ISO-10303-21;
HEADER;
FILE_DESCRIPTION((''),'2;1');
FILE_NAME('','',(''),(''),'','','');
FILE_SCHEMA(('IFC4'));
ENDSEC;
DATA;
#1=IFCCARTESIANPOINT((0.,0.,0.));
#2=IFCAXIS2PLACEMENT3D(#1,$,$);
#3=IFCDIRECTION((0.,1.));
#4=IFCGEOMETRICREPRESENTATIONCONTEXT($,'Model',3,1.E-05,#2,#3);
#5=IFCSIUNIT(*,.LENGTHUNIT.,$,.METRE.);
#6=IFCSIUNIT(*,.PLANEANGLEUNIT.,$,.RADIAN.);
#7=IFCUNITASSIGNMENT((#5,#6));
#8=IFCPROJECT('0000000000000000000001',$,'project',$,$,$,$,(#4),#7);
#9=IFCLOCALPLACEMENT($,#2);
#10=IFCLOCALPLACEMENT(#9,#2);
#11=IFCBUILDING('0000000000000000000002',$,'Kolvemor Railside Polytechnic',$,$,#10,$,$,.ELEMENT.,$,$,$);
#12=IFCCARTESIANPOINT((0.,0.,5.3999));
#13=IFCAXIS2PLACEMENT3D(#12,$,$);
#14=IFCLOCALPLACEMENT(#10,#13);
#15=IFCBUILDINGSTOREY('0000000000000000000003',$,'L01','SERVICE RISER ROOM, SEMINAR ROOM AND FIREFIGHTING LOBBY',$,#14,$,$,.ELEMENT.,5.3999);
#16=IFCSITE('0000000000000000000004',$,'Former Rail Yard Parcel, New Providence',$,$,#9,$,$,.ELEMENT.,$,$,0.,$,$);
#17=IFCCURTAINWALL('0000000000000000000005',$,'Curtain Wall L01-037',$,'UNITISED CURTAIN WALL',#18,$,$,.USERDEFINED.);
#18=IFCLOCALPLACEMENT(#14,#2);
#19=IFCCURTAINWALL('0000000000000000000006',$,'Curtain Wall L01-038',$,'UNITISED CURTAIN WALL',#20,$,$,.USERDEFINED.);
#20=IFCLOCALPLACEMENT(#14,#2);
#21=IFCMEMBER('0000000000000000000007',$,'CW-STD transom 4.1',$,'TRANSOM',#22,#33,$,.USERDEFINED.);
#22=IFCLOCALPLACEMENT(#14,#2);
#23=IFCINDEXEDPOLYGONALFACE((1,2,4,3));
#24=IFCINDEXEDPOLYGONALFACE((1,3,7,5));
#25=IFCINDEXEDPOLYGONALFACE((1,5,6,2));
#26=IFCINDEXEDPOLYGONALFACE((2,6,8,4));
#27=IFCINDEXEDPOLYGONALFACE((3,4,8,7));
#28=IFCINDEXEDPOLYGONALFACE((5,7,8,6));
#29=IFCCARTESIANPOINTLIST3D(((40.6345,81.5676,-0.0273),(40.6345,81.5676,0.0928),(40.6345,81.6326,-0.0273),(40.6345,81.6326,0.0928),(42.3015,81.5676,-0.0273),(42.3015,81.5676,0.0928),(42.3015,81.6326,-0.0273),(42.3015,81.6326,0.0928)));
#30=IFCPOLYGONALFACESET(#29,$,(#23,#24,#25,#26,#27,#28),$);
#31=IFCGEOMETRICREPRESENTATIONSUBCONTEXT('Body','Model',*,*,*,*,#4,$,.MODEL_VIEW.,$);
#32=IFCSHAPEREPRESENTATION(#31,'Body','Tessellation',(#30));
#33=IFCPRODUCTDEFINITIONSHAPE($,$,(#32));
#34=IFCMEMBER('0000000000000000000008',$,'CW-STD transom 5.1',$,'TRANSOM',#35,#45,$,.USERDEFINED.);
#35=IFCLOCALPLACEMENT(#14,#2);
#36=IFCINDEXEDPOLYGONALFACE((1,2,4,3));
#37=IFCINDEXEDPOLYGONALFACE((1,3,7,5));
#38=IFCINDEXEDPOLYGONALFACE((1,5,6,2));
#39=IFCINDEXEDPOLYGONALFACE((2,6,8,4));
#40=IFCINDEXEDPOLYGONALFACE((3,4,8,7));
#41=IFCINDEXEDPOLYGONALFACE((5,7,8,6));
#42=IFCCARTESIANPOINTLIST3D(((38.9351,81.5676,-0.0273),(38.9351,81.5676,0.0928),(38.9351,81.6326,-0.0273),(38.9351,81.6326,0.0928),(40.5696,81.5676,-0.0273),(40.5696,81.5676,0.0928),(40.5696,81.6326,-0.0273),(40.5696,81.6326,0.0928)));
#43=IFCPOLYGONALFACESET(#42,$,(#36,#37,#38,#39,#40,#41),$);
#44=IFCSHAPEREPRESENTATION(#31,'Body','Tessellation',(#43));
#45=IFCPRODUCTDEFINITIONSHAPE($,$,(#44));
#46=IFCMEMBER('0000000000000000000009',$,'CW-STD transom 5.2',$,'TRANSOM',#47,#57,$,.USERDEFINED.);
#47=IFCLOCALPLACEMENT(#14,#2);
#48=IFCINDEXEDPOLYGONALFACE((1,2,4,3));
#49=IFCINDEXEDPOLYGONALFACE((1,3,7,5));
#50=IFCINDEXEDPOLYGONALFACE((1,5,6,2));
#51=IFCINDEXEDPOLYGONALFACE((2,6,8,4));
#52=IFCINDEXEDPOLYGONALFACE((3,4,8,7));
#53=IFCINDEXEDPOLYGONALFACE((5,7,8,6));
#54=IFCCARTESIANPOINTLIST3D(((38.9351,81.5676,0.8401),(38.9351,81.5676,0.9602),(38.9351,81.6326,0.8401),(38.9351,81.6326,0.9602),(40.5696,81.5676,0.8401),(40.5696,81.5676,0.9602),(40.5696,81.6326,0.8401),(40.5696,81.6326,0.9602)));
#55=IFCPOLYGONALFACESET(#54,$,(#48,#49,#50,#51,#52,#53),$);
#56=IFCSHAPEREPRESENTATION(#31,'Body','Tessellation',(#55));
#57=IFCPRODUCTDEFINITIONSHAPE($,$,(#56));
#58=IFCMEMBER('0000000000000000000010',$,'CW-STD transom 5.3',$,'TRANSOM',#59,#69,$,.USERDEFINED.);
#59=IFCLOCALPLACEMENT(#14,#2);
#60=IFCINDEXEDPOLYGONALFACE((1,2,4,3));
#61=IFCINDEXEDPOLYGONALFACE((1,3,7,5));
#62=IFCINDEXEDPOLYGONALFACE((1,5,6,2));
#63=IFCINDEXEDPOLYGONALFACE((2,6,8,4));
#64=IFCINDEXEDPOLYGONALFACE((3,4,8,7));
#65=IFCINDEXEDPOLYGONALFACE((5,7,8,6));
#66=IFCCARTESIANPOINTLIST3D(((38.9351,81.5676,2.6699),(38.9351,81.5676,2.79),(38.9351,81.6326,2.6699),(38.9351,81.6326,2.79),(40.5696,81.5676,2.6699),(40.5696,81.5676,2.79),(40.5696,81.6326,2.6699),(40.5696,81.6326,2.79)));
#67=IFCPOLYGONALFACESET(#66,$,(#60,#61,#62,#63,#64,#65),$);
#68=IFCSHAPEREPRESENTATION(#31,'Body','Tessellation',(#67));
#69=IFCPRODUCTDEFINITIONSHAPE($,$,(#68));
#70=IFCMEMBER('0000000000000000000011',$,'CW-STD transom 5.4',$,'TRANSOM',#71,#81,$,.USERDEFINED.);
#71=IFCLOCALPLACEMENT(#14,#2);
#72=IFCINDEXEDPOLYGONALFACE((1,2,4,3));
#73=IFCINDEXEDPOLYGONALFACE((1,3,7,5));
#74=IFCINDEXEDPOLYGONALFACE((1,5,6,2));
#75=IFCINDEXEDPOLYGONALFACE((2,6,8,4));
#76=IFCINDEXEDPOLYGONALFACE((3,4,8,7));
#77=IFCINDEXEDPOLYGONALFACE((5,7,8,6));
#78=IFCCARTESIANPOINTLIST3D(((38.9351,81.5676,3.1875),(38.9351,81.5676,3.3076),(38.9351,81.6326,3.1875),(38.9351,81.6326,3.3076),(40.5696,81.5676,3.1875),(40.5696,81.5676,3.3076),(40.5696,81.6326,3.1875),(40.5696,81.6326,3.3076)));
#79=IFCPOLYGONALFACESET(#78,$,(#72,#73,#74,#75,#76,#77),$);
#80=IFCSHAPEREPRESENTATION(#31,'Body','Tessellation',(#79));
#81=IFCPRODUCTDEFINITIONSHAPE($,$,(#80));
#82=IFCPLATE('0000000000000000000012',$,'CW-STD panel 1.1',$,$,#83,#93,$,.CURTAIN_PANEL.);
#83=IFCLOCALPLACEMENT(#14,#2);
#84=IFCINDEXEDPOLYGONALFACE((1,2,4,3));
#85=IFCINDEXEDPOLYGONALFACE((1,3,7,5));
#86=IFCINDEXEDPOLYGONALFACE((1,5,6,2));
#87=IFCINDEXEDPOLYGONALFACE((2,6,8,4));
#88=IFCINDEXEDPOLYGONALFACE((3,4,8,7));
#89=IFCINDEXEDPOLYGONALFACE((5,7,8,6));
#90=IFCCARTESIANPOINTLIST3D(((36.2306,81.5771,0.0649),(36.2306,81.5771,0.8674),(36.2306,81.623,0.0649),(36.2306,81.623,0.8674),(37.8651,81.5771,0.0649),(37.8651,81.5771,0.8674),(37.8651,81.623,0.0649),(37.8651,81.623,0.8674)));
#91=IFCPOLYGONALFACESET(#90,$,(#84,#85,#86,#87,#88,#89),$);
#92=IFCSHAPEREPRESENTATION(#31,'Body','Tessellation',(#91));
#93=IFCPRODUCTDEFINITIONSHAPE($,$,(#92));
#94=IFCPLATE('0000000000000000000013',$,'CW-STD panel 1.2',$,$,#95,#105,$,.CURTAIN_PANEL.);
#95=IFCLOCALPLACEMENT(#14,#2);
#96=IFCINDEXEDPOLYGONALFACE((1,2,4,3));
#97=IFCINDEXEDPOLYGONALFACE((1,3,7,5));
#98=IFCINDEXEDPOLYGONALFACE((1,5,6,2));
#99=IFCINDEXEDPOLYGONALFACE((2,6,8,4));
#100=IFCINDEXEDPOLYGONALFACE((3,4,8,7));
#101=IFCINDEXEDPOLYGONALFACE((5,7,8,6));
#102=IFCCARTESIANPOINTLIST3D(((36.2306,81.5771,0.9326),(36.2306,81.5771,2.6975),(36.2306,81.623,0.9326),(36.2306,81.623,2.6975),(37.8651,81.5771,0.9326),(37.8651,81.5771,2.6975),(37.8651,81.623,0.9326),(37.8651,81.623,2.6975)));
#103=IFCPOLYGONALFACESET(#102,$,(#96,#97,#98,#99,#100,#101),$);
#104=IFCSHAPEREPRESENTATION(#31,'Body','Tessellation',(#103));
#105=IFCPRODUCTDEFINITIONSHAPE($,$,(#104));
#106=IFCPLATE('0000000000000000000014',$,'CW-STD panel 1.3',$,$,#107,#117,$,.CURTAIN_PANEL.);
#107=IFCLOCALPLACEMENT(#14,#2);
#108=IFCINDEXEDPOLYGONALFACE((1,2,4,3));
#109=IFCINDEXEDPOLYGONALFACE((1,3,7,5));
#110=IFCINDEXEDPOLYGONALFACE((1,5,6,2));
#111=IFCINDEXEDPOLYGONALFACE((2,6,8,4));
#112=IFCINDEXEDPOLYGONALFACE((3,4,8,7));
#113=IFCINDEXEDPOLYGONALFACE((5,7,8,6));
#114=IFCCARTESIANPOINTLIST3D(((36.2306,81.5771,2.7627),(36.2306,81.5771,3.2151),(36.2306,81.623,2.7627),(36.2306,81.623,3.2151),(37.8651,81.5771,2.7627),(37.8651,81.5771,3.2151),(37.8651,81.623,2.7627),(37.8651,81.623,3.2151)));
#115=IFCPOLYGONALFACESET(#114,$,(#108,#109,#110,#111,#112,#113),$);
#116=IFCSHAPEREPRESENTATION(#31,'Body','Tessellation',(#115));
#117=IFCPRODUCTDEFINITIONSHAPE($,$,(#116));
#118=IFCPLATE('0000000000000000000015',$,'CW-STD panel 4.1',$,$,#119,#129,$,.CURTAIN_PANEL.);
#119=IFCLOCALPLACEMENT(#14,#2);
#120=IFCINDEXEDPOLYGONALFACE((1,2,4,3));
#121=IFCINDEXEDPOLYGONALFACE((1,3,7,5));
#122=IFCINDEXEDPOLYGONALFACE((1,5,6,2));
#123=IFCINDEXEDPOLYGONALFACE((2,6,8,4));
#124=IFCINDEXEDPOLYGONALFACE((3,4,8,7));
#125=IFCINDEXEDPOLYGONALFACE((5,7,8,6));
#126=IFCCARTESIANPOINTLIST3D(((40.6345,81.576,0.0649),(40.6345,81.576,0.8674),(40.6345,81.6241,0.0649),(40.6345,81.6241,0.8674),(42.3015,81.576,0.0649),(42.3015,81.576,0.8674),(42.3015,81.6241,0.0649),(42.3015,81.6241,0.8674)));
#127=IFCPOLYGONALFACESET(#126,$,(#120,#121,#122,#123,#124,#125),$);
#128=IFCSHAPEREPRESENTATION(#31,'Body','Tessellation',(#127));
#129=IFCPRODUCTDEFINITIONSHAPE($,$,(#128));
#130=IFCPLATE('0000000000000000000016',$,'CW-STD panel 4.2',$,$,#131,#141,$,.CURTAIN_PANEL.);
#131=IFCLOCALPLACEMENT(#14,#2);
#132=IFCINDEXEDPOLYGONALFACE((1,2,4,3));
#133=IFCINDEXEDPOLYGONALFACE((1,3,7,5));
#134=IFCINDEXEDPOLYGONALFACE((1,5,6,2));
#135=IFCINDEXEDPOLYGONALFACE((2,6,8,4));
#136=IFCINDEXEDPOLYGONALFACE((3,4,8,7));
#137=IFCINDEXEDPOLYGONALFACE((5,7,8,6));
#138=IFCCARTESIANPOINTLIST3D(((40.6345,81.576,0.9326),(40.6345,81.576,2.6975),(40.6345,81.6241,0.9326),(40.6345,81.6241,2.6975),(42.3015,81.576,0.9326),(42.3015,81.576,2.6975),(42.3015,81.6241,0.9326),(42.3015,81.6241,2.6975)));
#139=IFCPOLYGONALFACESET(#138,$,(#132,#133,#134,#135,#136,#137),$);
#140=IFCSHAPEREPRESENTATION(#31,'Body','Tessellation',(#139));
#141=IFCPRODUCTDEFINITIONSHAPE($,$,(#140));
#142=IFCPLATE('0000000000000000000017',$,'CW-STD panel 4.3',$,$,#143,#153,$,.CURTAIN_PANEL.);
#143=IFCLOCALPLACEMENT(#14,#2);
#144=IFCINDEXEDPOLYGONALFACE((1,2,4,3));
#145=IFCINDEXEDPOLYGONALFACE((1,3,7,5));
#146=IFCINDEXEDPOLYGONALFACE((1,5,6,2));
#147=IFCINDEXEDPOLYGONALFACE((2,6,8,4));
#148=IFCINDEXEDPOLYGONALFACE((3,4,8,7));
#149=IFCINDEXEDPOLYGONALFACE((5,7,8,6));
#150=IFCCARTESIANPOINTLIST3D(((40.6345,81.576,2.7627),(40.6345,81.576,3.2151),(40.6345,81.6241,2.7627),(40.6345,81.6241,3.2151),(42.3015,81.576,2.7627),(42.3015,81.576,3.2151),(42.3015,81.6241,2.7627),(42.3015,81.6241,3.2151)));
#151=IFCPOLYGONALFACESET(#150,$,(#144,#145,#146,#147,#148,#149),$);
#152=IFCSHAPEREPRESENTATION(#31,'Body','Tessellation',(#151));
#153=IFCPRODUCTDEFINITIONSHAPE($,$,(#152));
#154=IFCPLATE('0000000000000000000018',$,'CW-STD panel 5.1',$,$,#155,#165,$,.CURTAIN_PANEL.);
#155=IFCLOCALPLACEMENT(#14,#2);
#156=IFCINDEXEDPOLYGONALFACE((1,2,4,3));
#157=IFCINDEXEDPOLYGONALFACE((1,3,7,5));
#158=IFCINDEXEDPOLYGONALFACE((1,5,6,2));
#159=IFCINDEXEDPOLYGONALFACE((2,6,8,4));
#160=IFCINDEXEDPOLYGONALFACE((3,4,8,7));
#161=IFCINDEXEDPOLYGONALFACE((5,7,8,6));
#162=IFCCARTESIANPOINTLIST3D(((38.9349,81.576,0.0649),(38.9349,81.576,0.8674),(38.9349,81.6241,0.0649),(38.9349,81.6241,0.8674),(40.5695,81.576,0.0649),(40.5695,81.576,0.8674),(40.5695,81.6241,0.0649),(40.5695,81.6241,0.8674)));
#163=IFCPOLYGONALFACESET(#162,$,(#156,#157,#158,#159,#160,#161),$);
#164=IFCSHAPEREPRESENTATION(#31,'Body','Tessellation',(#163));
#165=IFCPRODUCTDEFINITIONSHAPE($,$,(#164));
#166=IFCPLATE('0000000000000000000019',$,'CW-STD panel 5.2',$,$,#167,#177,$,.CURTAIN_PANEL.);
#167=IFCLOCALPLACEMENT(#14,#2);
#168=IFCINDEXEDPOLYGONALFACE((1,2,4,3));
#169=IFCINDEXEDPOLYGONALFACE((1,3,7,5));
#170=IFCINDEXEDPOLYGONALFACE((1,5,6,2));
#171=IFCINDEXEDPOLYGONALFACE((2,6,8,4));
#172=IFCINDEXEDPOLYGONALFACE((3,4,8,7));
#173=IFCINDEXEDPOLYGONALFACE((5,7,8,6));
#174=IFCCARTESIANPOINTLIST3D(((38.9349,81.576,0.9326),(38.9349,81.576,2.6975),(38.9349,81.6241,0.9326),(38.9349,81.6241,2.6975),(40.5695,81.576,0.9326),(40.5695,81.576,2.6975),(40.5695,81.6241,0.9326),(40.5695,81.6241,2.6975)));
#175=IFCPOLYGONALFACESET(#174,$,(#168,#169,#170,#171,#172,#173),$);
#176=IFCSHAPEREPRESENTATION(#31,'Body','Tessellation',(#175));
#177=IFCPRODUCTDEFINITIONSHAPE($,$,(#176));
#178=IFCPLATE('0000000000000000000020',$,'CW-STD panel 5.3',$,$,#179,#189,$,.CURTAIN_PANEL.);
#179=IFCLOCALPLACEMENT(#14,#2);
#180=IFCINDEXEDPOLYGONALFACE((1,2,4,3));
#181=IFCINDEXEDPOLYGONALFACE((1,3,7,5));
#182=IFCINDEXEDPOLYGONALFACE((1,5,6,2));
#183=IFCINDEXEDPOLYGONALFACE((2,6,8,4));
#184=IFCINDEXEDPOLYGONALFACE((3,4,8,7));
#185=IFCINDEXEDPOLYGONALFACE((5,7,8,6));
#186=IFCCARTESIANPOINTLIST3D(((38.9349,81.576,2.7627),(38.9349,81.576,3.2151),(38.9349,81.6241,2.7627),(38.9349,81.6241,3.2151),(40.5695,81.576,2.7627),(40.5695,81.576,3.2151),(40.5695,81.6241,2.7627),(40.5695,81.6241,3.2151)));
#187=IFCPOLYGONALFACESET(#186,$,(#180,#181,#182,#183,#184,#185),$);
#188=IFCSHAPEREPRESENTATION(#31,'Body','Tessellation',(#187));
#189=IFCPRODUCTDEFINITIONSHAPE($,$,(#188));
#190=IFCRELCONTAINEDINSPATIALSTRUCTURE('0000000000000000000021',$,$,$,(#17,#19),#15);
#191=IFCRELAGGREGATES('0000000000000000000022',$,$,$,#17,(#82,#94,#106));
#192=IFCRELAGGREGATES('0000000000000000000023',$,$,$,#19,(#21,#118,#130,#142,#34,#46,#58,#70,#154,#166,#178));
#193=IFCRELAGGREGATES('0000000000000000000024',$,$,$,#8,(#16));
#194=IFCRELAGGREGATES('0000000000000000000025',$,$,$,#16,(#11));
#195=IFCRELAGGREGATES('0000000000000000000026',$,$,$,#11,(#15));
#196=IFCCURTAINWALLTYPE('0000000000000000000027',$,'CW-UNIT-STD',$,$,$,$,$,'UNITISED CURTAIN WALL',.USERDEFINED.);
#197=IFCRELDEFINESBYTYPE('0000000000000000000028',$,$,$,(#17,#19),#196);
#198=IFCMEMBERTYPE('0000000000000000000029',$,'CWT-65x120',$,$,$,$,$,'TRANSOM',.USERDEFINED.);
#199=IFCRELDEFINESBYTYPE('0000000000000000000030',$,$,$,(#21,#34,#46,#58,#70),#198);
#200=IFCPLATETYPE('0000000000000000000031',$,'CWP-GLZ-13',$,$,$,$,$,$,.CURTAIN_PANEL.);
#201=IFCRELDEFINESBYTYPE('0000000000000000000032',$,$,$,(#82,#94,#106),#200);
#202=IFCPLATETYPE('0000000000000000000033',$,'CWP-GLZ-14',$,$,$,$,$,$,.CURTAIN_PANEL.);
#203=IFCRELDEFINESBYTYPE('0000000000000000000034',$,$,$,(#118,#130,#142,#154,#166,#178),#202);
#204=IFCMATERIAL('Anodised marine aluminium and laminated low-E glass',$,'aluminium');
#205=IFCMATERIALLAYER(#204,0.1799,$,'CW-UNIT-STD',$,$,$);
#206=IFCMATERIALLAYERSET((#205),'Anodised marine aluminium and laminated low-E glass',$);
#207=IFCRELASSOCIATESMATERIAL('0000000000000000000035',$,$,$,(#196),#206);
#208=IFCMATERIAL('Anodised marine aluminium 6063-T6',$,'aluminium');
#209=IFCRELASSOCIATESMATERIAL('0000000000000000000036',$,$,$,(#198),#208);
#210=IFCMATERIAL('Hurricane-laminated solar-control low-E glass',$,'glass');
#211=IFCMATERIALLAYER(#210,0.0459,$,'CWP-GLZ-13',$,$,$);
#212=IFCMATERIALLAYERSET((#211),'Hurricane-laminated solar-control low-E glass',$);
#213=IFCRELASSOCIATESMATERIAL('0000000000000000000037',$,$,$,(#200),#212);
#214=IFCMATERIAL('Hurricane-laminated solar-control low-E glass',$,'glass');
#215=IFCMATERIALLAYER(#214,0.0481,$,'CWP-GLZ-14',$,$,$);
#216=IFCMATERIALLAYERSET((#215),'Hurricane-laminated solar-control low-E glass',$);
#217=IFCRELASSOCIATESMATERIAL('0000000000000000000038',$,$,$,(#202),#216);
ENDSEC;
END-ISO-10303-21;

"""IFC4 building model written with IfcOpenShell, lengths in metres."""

from ifc_helpers import new_model, si_unit, direction, frame, origin, origin_2d, place, context, subcontext, project, spatial, rectangle, extrude, material, layer, layer_set, material_profile, profile_set, type_object, element, aggregate, save


model = new_model("IFC4")

# Units and contexts
model_context = context("Model", 3, precision=1e-05, world=origin(), true_north=direction((0.0, 1.0)))
body_context = subcontext(model_context, "Body", "Model", "MODEL_VIEW")
ifc_project = project(units=[si_unit("LENGTHUNIT", "METRE"), si_unit("PLANEANGLEUNIT", "RADIAN")], contexts=[model_context])

# Site, building, storey
site_placement = place(None, origin())
site = spatial("IfcSite", under=ifc_project, at=site_placement, Name="Former Rail Yard Parcel, New Providence", CompositionType="ELEMENT", RefElevation=0.0)
building_placement = place(site_placement, origin())
building = spatial("IfcBuilding", under=site, at=building_placement, Name="Kolvemor Railside Polytechnic", CompositionType="ELEMENT")
storey_placement = place(building_placement, frame((0.0, 0.0, 5.3999)))
storey = spatial("IfcBuildingStorey", under=building, at=storey_placement, Name="L01", Description="SERVICE RISER ROOM, SEMINAR ROOM AND FIREFIGHTING LOBBY", CompositionType="ELEMENT", Elevation=5.3999)

# Curtain walls
ifc_material_1 = material(Name="Anodised marine aluminium and laminated low-E glass", Category="aluminium")
ifc_layer_1 = layer(ifc_material_1, 0.1799, Name="CW-UNIT-STD")
ifc_layer_set_1 = layer_set([ifc_layer_1], Name="Anodised marine aluminium and laminated low-E glass")
curtain_wall_type = type_object("IfcCurtainWallType", Name="CW-UNIT-STD", ElementType="UNITISED CURTAIN WALL", PredefinedType="USERDEFINED", material=ifc_layer_set_1)
curtain_wall_1_placement = place(storey_placement, origin())
curtain_wall_1 = element("IfcCurtainWall", 1, at=curtain_wall_1_placement, inside=storey, type_object=curtain_wall_type, Name="Curtain Wall L01-037", ObjectType="UNITISED CURTAIN WALL", PredefinedType="USERDEFINED")
curtain_wall_2_placement = place(storey_placement, origin())
curtain_wall_2 = element("IfcCurtainWall", 2, at=curtain_wall_2_placement, inside=storey, type_object=curtain_wall_type, Name="Curtain Wall L01-038", ObjectType="UNITISED CURTAIN WALL", PredefinedType="USERDEFINED")

# Members
ifc_material_2 = material(Name="Anodised marine aluminium 6063-T6", Category="aluminium")
ifc_material_profile_1 = material_profile(ifc_material_2, rectangle(XDim=0.0649, YDim=0.1201, at=origin_2d()), Name="CW-TRN-65x120")
ifc_profile_set_1 = profile_set([ifc_material_profile_1], Name="Anodised marine aluminium 6063-T6")
member_type_1 = type_object("IfcMemberType", Name="CWT-65x120", ElementType="TRANSOM", PredefinedType="USERDEFINED", material=ifc_profile_set_1)
member_1_placement = place(storey_placement, frame((42.3015, 81.6001, 0.0327), z_axis=(-1.0, 0.0, 0.0), x_axis=(0.0, -1.0, 0.0)))
member_1 = element("IfcMember", 3, at=member_1_placement, type_object=member_type_1, Name="CW-STD transom 4.1", ObjectType="TRANSOM", PredefinedType="USERDEFINED", context=body_context, shape_type="SweptSolid", body=[
    extrude(rectangle(XDim=0.0649, YDim=0.1201, at=origin_2d()), origin(), (0.0, 0.0, 1.0), 1.667),
])
member_2_placement = place(storey_placement, frame((40.5696, 81.6001, 0.0327), z_axis=(-1.0, 0.0, 0.0), x_axis=(0.0, -1.0, 0.0)))
member_2 = element("IfcMember", 4, at=member_2_placement, type_object=member_type_1, Name="CW-STD transom 5.1", ObjectType="TRANSOM", PredefinedType="USERDEFINED", context=body_context, shape_type="SweptSolid", body=[
    extrude(rectangle(XDim=0.0649, YDim=0.1201, at=origin_2d()), origin(), (0.0, 0.0, 1.0), 1.6345),
])
member_3_placement = place(storey_placement, frame((40.5696, 81.6001, 0.9001), z_axis=(-1.0, 0.0, 0.0), x_axis=(0.0, -1.0, 0.0)))
member_3 = element("IfcMember", 5, at=member_3_placement, type_object=member_type_1, Name="CW-STD transom 5.2", ObjectType="TRANSOM", PredefinedType="USERDEFINED", context=body_context, shape_type="SweptSolid", body=[
    extrude(rectangle(XDim=0.0649, YDim=0.1201, at=origin_2d()), origin(), (0.0, 0.0, 1.0), 1.6345),
])
member_4_placement = place(storey_placement, frame((40.5696, 81.6001, 2.73), z_axis=(-1.0, 0.0, 0.0), x_axis=(0.0, -1.0, 0.0)))
member_4 = element("IfcMember", 6, at=member_4_placement, type_object=member_type_1, Name="CW-STD transom 5.3", ObjectType="TRANSOM", PredefinedType="USERDEFINED", context=body_context, shape_type="SweptSolid", body=[
    extrude(rectangle(XDim=0.0649, YDim=0.1201, at=origin_2d()), origin(), (0.0, 0.0, 1.0), 1.6345),
])
member_5_placement = place(storey_placement, frame((40.5696, 81.6001, 3.2476), z_axis=(-1.0, 0.0, 0.0), x_axis=(0.0, -1.0, 0.0)))
member_5 = element("IfcMember", 7, at=member_5_placement, type_object=member_type_1, Name="CW-STD transom 5.4", ObjectType="TRANSOM", PredefinedType="USERDEFINED", context=body_context, shape_type="SweptSolid", body=[
    extrude(rectangle(XDim=0.0649, YDim=0.1201, at=origin_2d()), origin(), (0.0, 0.0, 1.0), 1.6345),
])

# Plates
ifc_material_3 = material(Name="Hurricane-laminated solar-control low-E glass", Category="glass")
ifc_layer_2 = layer(ifc_material_3, 0.0459, Name="CWP-GLZ-13")
ifc_layer_set_2 = layer_set([ifc_layer_2], Name="Hurricane-laminated solar-control low-E glass")
plate_type_1 = type_object("IfcPlateType", Name="CWP-GLZ-13", PredefinedType="CURTAIN_PANEL", material=ifc_layer_set_2)
plate_1_placement = place(storey_placement, frame((37.0479, 81.6001, 0.0649), z_axis=(0.0, 0.0, 1.0), x_axis=(-1.0, 0.0, 0.0)))
plate_1 = element("IfcPlate", 8, at=plate_1_placement, type_object=plate_type_1, Name="CW-STD panel 1.1", PredefinedType="CURTAIN_PANEL", context=body_context, shape_type="SweptSolid", body=[
    extrude(rectangle(XDim=1.6345, YDim=0.0459, at=origin_2d()), origin(), (0.0, 0.0, 1.0), 0.8025),
])
plate_2_placement = place(storey_placement, frame((37.0479, 81.6001, 0.9326), z_axis=(0.0, 0.0, 1.0), x_axis=(-1.0, 0.0, 0.0)))
plate_2 = element("IfcPlate", 9, at=plate_2_placement, type_object=plate_type_1, Name="CW-STD panel 1.2", PredefinedType="CURTAIN_PANEL", context=body_context, shape_type="SweptSolid", body=[
    extrude(rectangle(XDim=1.6345, YDim=0.0459, at=origin_2d()), origin(), (0.0, 0.0, 1.0), 1.7649),
])
plate_3_placement = place(storey_placement, frame((37.0479, 81.6001, 2.7627), z_axis=(0.0, 0.0, 1.0), x_axis=(-1.0, 0.0, 0.0)))
plate_3 = element("IfcPlate", 10, at=plate_3_placement, type_object=plate_type_1, Name="CW-STD panel 1.3", PredefinedType="CURTAIN_PANEL", context=body_context, shape_type="SweptSolid", body=[
    extrude(rectangle(XDim=1.6345, YDim=0.0459, at=origin_2d()), origin(), (0.0, 0.0, 1.0), 0.4524),
])
aggregate(curtain_wall_1, [plate_1, plate_2, plate_3])
ifc_material_4 = material(Name="Hurricane-laminated solar-control low-E glass", Category="glass")
ifc_layer_3 = layer(ifc_material_4, 0.0481, Name="CWP-GLZ-14")
ifc_layer_set_3 = layer_set([ifc_layer_3], Name="Hurricane-laminated solar-control low-E glass")
plate_type_2 = type_object("IfcPlateType", Name="CWP-GLZ-14", PredefinedType="CURTAIN_PANEL", material=ifc_layer_set_3)
plate_4_placement = place(storey_placement, frame((41.468, 81.6001, 0.0649), z_axis=(0.0, 0.0, 1.0), x_axis=(-1.0, 0.0, 0.0)))
plate_4 = element("IfcPlate", 11, at=plate_4_placement, type_object=plate_type_2, Name="CW-STD panel 4.1", PredefinedType="CURTAIN_PANEL", context=body_context, shape_type="SweptSolid", body=[
    extrude(rectangle(XDim=1.667, YDim=0.0481, at=origin_2d()), origin(), (0.0, 0.0, 1.0), 0.8025),
])
plate_5_placement = place(storey_placement, frame((41.468, 81.6001, 0.9326), z_axis=(0.0, 0.0, 1.0), x_axis=(-1.0, 0.0, 0.0)))
plate_5 = element("IfcPlate", 12, at=plate_5_placement, type_object=plate_type_2, Name="CW-STD panel 4.2", PredefinedType="CURTAIN_PANEL", context=body_context, shape_type="SweptSolid", body=[
    extrude(rectangle(XDim=1.667, YDim=0.0481, at=origin_2d()), origin(), (0.0, 0.0, 1.0), 1.7649),
])
plate_6_placement = place(storey_placement, frame((41.468, 81.6001, 2.7627), z_axis=(0.0, 0.0, 1.0), x_axis=(-1.0, 0.0, 0.0)))
plate_6 = element("IfcPlate", 13, at=plate_6_placement, type_object=plate_type_2, Name="CW-STD panel 4.3", PredefinedType="CURTAIN_PANEL", context=body_context, shape_type="SweptSolid", body=[
    extrude(rectangle(XDim=1.667, YDim=0.0481, at=origin_2d()), origin(), (0.0, 0.0, 1.0), 0.4524),
])
plate_7_placement = place(storey_placement, frame((39.7522, 81.6001, 0.0649), z_axis=(0.0, 0.0, 1.0), x_axis=(-1.0, 0.0, 0.0)))
plate_7 = element("IfcPlate", 14, at=plate_7_placement, type_object=plate_type_2, Name="CW-STD panel 5.1", PredefinedType="CURTAIN_PANEL", context=body_context, shape_type="SweptSolid", body=[
    extrude(rectangle(XDim=1.6345, YDim=0.0481, at=origin_2d()), origin(), (0.0, 0.0, 1.0), 0.8025),
])
plate_8_placement = place(storey_placement, frame((39.7522, 81.6001, 0.9326), z_axis=(0.0, 0.0, 1.0), x_axis=(-1.0, 0.0, 0.0)))
plate_8 = element("IfcPlate", 15, at=plate_8_placement, type_object=plate_type_2, Name="CW-STD panel 5.2", PredefinedType="CURTAIN_PANEL", context=body_context, shape_type="SweptSolid", body=[
    extrude(rectangle(XDim=1.6345, YDim=0.0481, at=origin_2d()), origin(), (0.0, 0.0, 1.0), 1.7649),
])
plate_9_placement = place(storey_placement, frame((39.7522, 81.6001, 2.7627), z_axis=(0.0, 0.0, 1.0), x_axis=(-1.0, 0.0, 0.0)))
plate_9 = element("IfcPlate", 16, at=plate_9_placement, type_object=plate_type_2, Name="CW-STD panel 5.3", PredefinedType="CURTAIN_PANEL", context=body_context, shape_type="SweptSolid", body=[
    extrude(rectangle(XDim=1.6345, YDim=0.0481, at=origin_2d()), origin(), (0.0, 0.0, 1.0), 0.4524),
])
aggregate(curtain_wall_2, [member_1, plate_4, plate_5, plate_6, member_2, member_3, member_4, member_5, plate_7, plate_8, plate_9])

save(model, "model.ifc")
